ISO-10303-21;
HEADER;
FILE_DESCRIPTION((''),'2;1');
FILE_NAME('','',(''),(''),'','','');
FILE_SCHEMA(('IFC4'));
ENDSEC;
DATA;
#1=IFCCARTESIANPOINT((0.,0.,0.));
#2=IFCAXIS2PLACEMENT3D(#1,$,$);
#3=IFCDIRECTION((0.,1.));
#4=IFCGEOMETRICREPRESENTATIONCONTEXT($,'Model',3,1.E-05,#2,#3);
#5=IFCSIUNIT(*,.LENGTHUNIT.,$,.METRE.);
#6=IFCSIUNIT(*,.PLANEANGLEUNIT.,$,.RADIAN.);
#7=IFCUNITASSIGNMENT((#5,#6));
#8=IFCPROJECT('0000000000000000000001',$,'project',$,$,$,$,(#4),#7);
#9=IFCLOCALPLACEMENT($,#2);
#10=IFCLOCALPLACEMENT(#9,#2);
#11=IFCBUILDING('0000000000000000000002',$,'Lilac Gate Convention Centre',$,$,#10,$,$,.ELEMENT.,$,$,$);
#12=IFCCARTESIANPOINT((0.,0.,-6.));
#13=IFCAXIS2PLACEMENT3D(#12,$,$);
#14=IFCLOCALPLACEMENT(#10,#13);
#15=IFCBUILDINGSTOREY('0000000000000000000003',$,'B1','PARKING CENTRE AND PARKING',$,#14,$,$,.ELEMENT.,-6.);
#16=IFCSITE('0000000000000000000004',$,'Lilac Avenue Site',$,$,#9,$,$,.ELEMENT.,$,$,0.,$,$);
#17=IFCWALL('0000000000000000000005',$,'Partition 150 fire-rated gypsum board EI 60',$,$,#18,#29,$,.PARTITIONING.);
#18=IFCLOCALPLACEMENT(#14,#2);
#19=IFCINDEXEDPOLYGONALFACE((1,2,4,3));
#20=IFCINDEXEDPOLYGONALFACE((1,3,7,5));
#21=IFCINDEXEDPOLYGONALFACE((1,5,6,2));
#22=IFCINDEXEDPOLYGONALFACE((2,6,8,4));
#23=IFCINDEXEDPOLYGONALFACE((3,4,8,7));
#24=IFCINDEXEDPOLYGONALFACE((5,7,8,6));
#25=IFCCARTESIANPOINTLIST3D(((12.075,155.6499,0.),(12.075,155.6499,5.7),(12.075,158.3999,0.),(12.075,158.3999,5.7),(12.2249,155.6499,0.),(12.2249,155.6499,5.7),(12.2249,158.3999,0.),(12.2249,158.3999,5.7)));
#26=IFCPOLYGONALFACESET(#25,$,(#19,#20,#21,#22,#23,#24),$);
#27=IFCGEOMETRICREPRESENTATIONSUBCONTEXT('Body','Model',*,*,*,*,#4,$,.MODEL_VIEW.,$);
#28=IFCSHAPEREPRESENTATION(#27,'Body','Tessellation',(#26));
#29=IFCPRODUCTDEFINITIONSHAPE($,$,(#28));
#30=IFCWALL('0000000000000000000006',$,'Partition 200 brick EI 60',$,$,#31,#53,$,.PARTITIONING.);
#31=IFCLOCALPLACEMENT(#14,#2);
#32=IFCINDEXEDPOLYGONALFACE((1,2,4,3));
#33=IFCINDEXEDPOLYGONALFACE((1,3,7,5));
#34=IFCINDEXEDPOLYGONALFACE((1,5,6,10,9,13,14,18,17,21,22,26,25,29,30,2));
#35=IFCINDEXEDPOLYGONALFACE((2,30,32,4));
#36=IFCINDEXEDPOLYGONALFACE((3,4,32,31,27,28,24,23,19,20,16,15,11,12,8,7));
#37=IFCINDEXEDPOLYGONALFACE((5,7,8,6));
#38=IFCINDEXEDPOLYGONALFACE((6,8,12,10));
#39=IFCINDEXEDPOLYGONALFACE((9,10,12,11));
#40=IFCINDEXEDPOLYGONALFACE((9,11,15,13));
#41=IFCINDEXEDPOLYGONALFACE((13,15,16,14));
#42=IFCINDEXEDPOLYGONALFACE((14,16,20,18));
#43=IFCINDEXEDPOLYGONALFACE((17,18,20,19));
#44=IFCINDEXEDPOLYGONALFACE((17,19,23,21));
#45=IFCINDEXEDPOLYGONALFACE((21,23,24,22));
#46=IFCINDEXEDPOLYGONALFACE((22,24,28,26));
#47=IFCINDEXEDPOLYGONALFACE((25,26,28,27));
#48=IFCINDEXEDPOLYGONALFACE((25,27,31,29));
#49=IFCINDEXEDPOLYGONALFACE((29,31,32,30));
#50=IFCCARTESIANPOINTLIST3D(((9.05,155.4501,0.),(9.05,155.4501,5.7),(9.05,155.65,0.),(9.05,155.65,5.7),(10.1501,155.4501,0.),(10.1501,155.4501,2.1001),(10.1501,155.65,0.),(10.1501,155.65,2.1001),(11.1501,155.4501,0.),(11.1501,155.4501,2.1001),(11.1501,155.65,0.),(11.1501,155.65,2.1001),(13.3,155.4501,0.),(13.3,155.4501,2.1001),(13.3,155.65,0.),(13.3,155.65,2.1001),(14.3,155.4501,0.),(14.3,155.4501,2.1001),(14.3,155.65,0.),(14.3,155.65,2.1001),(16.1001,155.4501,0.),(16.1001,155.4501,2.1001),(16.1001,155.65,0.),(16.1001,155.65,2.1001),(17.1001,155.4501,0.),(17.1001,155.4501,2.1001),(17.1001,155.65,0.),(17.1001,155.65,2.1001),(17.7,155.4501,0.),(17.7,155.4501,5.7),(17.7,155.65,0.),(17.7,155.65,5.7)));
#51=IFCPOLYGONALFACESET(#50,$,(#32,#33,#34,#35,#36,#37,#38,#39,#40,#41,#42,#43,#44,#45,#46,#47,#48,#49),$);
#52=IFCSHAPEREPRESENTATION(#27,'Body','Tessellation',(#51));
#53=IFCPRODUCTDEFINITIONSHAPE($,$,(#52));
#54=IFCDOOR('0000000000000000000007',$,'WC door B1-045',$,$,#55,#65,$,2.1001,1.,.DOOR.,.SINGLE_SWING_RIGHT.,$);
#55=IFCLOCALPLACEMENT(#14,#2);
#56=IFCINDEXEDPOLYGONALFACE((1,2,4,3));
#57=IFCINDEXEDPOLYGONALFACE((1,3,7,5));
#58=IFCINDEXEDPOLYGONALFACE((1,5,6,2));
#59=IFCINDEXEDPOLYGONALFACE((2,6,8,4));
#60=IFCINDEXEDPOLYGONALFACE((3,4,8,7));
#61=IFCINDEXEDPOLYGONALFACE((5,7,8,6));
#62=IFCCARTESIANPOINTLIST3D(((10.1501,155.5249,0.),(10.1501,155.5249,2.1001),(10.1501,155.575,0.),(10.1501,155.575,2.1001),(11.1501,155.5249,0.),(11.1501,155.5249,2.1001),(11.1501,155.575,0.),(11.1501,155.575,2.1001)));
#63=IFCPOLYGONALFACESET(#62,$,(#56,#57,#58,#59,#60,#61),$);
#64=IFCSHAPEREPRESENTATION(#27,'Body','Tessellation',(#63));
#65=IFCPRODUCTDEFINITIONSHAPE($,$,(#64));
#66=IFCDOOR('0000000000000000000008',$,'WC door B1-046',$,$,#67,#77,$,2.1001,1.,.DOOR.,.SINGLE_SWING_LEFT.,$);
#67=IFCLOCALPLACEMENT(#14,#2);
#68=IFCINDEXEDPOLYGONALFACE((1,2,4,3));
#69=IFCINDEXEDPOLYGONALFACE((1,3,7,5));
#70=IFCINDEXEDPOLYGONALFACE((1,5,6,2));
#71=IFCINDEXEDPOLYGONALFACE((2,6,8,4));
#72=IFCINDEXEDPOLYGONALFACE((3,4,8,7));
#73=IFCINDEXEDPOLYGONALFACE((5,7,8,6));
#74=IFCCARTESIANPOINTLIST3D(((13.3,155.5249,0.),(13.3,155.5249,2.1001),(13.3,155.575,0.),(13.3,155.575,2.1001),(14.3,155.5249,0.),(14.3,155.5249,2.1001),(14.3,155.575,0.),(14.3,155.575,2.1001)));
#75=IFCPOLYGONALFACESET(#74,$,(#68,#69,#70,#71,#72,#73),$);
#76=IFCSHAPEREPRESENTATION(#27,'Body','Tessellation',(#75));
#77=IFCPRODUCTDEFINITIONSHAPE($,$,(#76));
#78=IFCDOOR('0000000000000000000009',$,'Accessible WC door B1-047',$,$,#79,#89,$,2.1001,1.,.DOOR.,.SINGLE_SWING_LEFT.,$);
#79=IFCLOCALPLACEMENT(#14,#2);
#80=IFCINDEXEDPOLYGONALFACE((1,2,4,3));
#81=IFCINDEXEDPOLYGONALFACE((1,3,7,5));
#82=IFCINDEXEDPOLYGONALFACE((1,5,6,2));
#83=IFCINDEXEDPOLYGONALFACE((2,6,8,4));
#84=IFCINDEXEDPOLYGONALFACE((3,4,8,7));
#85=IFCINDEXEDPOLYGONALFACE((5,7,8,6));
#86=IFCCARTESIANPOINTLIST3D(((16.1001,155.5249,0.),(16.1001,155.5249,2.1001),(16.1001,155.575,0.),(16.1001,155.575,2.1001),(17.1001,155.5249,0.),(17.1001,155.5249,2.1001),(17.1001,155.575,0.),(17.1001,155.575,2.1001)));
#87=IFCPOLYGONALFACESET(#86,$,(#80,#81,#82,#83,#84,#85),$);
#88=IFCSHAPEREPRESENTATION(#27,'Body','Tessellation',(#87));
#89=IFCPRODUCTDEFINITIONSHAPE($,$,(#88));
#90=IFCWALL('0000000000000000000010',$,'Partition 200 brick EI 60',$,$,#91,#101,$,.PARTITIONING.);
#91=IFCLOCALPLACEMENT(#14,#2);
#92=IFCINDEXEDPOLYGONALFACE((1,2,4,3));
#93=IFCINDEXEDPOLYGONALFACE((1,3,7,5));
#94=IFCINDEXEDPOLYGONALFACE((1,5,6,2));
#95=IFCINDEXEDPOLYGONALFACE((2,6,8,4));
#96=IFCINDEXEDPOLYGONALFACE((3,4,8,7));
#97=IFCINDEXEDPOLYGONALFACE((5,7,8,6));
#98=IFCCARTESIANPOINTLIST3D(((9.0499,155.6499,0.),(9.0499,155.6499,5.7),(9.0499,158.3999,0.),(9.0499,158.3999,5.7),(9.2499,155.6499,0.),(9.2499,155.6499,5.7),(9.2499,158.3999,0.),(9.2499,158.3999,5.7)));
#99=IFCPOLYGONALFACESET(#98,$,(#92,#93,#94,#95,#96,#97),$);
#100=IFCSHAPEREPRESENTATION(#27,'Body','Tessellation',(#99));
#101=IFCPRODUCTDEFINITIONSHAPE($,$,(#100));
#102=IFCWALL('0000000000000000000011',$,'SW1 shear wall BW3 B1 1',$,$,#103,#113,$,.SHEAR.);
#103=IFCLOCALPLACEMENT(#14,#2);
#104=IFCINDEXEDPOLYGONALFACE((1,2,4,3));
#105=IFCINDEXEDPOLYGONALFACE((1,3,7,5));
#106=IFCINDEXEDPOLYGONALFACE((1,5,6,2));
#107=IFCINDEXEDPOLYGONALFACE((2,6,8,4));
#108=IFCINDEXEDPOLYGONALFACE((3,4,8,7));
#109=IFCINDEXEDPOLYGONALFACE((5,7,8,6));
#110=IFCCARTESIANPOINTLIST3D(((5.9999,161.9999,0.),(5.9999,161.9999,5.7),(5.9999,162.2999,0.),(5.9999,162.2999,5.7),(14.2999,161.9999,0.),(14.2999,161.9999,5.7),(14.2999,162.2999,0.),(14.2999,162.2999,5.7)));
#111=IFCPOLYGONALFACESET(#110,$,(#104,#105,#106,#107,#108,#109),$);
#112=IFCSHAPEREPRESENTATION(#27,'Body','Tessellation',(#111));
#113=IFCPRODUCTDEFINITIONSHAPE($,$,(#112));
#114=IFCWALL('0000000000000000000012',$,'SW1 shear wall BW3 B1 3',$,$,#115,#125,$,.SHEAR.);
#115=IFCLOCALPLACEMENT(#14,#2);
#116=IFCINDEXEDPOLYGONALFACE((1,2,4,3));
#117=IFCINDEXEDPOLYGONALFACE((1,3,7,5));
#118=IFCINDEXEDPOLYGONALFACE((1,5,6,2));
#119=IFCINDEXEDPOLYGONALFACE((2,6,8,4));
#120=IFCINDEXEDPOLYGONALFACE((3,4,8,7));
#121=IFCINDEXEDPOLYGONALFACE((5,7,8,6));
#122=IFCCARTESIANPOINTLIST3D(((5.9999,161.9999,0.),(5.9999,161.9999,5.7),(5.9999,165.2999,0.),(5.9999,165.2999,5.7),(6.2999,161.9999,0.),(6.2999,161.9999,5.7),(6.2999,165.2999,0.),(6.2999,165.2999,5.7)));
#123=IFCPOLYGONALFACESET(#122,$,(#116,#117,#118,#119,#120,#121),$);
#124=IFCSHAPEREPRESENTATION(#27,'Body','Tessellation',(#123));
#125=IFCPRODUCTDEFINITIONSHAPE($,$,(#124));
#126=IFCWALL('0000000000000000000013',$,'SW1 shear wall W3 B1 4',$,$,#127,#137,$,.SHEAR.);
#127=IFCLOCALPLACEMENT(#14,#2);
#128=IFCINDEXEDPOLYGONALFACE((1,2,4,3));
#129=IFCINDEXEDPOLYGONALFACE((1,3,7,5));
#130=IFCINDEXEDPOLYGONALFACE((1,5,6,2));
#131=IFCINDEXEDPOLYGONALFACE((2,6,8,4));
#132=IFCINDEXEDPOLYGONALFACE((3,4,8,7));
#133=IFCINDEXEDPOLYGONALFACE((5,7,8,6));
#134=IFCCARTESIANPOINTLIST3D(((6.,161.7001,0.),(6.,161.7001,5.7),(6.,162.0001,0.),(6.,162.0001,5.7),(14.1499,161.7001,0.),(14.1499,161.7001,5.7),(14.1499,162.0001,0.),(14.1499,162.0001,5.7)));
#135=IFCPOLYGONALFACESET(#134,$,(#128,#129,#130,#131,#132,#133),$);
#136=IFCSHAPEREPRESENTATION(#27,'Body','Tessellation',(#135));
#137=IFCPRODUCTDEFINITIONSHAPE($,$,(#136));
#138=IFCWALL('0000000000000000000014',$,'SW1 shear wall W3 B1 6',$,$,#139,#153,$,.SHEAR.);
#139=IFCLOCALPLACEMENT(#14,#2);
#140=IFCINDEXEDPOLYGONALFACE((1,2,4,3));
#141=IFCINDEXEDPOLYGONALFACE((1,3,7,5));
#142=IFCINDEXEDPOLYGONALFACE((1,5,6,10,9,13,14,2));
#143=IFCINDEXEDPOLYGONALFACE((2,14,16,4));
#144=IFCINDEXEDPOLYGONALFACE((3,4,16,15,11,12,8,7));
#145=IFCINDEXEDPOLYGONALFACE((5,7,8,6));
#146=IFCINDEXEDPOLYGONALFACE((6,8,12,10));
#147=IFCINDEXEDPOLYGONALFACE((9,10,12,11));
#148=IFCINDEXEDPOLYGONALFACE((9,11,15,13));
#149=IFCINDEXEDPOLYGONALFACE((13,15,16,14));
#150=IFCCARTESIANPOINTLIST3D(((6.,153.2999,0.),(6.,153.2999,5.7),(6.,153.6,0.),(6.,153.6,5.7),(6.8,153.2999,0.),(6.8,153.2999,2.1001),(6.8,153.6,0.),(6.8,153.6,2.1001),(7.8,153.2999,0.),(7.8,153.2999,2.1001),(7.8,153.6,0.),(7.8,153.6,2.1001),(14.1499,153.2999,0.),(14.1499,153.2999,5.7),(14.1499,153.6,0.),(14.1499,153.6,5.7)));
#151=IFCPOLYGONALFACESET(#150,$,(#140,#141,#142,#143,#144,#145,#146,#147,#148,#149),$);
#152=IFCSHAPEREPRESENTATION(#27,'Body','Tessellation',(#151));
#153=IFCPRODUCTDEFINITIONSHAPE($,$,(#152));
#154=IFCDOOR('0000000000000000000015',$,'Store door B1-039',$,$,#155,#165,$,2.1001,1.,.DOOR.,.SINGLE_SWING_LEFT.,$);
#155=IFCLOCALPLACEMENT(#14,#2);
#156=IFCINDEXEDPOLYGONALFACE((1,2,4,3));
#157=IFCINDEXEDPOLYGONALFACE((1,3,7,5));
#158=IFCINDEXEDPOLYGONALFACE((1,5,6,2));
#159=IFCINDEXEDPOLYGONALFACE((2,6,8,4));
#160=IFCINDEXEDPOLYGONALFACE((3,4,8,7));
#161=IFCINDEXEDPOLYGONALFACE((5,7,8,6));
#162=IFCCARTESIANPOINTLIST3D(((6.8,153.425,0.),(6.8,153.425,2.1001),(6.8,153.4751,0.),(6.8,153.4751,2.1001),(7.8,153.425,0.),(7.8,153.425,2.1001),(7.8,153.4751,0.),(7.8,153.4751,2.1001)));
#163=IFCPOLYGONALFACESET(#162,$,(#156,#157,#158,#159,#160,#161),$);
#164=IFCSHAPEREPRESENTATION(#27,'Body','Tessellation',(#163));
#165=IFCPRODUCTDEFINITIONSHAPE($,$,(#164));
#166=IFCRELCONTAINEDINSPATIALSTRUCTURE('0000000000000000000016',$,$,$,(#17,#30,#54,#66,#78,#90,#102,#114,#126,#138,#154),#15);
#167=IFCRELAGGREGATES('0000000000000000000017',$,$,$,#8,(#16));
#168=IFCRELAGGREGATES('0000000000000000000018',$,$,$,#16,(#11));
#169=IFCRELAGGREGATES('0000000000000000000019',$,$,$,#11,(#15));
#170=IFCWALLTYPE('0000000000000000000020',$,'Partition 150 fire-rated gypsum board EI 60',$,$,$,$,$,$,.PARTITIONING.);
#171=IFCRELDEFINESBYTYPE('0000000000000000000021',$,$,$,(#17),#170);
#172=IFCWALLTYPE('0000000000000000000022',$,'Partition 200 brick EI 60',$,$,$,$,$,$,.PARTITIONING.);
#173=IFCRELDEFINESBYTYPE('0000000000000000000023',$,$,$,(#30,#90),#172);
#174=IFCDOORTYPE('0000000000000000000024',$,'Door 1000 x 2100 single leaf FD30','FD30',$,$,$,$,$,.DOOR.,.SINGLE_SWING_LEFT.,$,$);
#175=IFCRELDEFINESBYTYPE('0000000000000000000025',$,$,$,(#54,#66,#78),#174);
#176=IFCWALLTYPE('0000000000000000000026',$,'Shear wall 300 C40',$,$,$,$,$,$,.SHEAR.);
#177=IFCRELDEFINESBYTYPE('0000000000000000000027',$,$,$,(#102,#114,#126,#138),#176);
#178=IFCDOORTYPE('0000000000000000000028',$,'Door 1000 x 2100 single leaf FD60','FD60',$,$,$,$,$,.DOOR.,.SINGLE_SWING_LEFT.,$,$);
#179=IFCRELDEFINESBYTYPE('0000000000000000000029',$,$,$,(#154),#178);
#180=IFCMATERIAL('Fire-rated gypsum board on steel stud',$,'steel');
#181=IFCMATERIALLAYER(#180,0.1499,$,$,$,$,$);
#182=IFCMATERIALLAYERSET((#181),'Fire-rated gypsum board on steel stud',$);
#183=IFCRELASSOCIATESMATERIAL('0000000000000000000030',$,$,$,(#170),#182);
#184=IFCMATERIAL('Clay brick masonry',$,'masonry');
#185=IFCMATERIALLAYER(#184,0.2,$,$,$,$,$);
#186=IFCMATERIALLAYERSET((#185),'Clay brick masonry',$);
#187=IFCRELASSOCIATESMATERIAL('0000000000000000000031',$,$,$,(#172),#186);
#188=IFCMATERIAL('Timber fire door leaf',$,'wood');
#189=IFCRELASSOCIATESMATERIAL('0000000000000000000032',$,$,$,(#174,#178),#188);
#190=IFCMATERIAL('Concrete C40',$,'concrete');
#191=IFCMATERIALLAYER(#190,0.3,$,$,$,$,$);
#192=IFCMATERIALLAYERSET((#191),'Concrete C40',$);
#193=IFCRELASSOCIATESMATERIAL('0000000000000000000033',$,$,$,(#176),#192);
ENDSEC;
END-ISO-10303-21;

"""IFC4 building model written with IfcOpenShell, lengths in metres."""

from ifc_helpers import new_model, si_unit, direction, frame, frame_2d, origin, place, context, subcontext, project, spatial, rectangle, extrude, material, layer, layer_set, type_object, element, fill, save


model = new_model("IFC4")

# Units and contexts
model_context = context("Model", 3, precision=1e-05, world=origin(), true_north=direction((0.0, 1.0)))
body_context = subcontext(model_context, "Body", "Model", "MODEL_VIEW")
ifc_project = project(units=[si_unit("LENGTHUNIT", "METRE"), si_unit("PLANEANGLEUNIT", "RADIAN")], contexts=[model_context])

# Site, building, storey
site_placement = place(None, origin())
site = spatial("IfcSite", under=ifc_project, at=site_placement, Name="Lilac Avenue Site", CompositionType="ELEMENT", RefElevation=0.0)
building_placement = place(site_placement, origin())
building = spatial("IfcBuilding", under=site, at=building_placement, Name="Lilac Gate Convention Centre", CompositionType="ELEMENT")
storey_placement = place(building_placement, frame((0.0, 0.0, -6.0)))
storey = spatial("IfcBuildingStorey", under=building, at=storey_placement, Name="B1", Description="PARKING CENTRE AND PARKING", CompositionType="ELEMENT", Elevation=-6.0)

# Wall
ifc_material_1 = material(Name="Fire-rated gypsum board on steel stud", Category="steel")
ifc_layer_1 = layer(ifc_material_1, 0.1499)
ifc_layer_set_1 = layer_set([ifc_layer_1], Name="Fire-rated gypsum board on steel stud")
wall_type_1 = type_object("IfcWallType", Name="Partition 150 fire-rated gypsum board EI 60", PredefinedType="PARTITIONING", material=ifc_layer_set_1)
wall_1_placement = place(storey_placement, frame((12.1499, 155.6499, 0.0), z_axis=(0.0, 0.0, 1.0), x_axis=(0.0, 1.0, 0.0)))
element("IfcWall", 1, at=wall_1_placement, inside=storey, type_object=wall_type_1, Name="Partition 150 fire-rated gypsum board EI 60", PredefinedType="PARTITIONING", context=body_context, shape_type="SweptSolid", body=[
    extrude(rectangle(XDim=2.75, YDim=0.1499, at=frame_2d((1.375, 0.0))), origin(), (0.0, 0.0, 1.0), 5.7),
])

# Wall, openings, doors
ifc_material_2 = material(Name="Clay brick masonry", Category="masonry")
ifc_layer_2 = layer(ifc_material_2, 0.2)
ifc_layer_set_2 = layer_set([ifc_layer_2], Name="Clay brick masonry")
wall_type_2 = type_object("IfcWallType", Name="Partition 200 brick EI 60", PredefinedType="PARTITIONING", material=ifc_layer_set_2)
wall_2_placement = place(storey_placement, frame((9.05, 155.55, 0.0), z_axis=(0.0, 0.0, 1.0), x_axis=(1.0, 0.0, 0.0)))
wall_2 = element("IfcWall", 2, at=wall_2_placement, inside=storey, type_object=wall_type_2, Name="Partition 200 brick EI 60", PredefinedType="PARTITIONING", context=body_context, shape_type="SweptSolid", body=[
    extrude(rectangle(XDim=8.6499, YDim=0.2, at=frame_2d((4.325, 0.0))), origin(), (0.0, 0.0, 1.0), 5.7),
])
opening_1_placement = place(wall_2_placement, frame((1.1001, 0.0, 0.0)))
opening_1 = element("IfcOpeningElement", 3, at=opening_1_placement, cuts=wall_2, PredefinedType="OPENING", context=body_context, shape_type="SweptSolid", body=[
    extrude(rectangle(XDim=1.0, YDim=2.1001, at=frame_2d((0.5, 1.05))), frame((0.0, 0.1099, 0.0), z_axis=(0.0, -1.0, 0.0), x_axis=(1.0, 0.0, 0.0)), (0.0, 0.0, 1.0), 0.22),
])
opening_2_placement = place(wall_2_placement, frame((4.25, 0.0, 0.0)))
opening_2 = element("IfcOpeningElement", 4, at=opening_2_placement, cuts=wall_2, PredefinedType="OPENING", context=body_context, shape_type="SweptSolid", body=[
    extrude(rectangle(XDim=1.0, YDim=2.1001, at=frame_2d((0.5, 1.05))), frame((0.0, 0.1099, 0.0), z_axis=(0.0, -1.0, 0.0), x_axis=(1.0, 0.0, 0.0)), (0.0, 0.0, 1.0), 0.22),
])
opening_3_placement = place(wall_2_placement, frame((7.05, 0.0, 0.0)))
opening_3 = element("IfcOpeningElement", 5, at=opening_3_placement, cuts=wall_2, PredefinedType="OPENING", context=body_context, shape_type="SweptSolid", body=[
    extrude(rectangle(XDim=1.0, YDim=2.1001, at=frame_2d((0.5, 1.05))), frame((0.0, 0.1099, 0.0), z_axis=(0.0, -1.0, 0.0), x_axis=(1.0, 0.0, 0.0)), (0.0, 0.0, 1.0), 0.22),
])
ifc_material_3 = material(Name="Timber fire door leaf", Category="wood")
door_type_1 = type_object("IfcDoorType", Name="Door 1000 x 2100 single leaf FD30", Description="FD30", OperationType="SINGLE_SWING_LEFT", PredefinedType="DOOR", material=ifc_material_3)
door_1_placement = place(opening_1_placement, origin())
door_1 = element("IfcDoor", 6, at=door_1_placement, inside=storey, type_object=door_type_1, Name="WC door B1-045", OperationType="SINGLE_SWING_RIGHT", OverallHeight=2.1001, OverallWidth=1.0, PredefinedType="DOOR", context=body_context, shape_type="SweptSolid", body=[
    extrude(rectangle(XDim=1.0, YDim=2.1001, at=frame_2d((0.5, 1.05))), frame((0.0, 0.0249, 0.0), z_axis=(0.0, -1.0, 0.0), x_axis=(1.0, 0.0, 0.0)), (0.0, 0.0, 1.0), 0.05),
])
fill(opening_1, door_1)
door_2_placement = place(opening_2_placement, origin())
door_2 = element("IfcDoor", 7, at=door_2_placement, inside=storey, type_object=door_type_1, Name="WC door B1-046", OperationType="SINGLE_SWING_LEFT", OverallHeight=2.1001, OverallWidth=1.0, PredefinedType="DOOR", context=body_context, shape_type="SweptSolid", body=[
    extrude(rectangle(XDim=1.0, YDim=2.1001, at=frame_2d((0.5, 1.05))), frame((0.0, 0.0249, 0.0), z_axis=(0.0, -1.0, 0.0), x_axis=(1.0, 0.0, 0.0)), (0.0, 0.0, 1.0), 0.05),
])
fill(opening_2, door_2)
door_3_placement = place(opening_3_placement, origin())
door_3 = element("IfcDoor", 8, at=door_3_placement, inside=storey, type_object=door_type_1, Name="Accessible WC door B1-047", OperationType="SINGLE_SWING_LEFT", OverallHeight=2.1001, OverallWidth=1.0, PredefinedType="DOOR", context=body_context, shape_type="SweptSolid", body=[
    extrude(rectangle(XDim=1.0, YDim=2.1001, at=frame_2d((0.5, 1.05))), frame((0.0, 0.0249, 0.0), z_axis=(0.0, -1.0, 0.0), x_axis=(1.0, 0.0, 0.0)), (0.0, 0.0, 1.0), 0.05),
])
fill(opening_3, door_3)

# Walls
wall_3_placement = place(storey_placement, frame((9.1499, 155.6499, 0.0), z_axis=(0.0, 0.0, 1.0), x_axis=(0.0, 1.0, 0.0)))
element("IfcWall", 9, at=wall_3_placement, inside=storey, type_object=wall_type_2, Name="Partition 200 brick EI 60", PredefinedType="PARTITIONING", context=body_context, shape_type="SweptSolid", body=[
    extrude(rectangle(XDim=2.75, YDim=0.2, at=frame_2d((1.375, 0.0))), origin(), (0.0, 0.0, 1.0), 5.7),
])
ifc_material_4 = material(Name="Concrete C40", Category="concrete")
ifc_layer_3 = layer(ifc_material_4, 0.3)
ifc_layer_set_3 = layer_set([ifc_layer_3], Name="Concrete C40")
wall_type_3 = type_object("IfcWallType", Name="Shear wall 300 C40", PredefinedType="SHEAR", material=ifc_layer_set_3)
wall_4_placement = place(storey_placement, frame((6.0, 162.1499, 0.0), z_axis=(0.0, 0.0, 1.0), x_axis=(1.0, 0.0, 0.0)))
element("IfcWall", 10, at=wall_4_placement, inside=storey, type_object=wall_type_3, Name="SW1 shear wall BW3 B1 1", PredefinedType="SHEAR", context=body_context, shape_type="SweptSolid", body=[
    extrude(rectangle(XDim=8.3, YDim=0.3, at=frame_2d((4.1499, 0.0))), origin(), (0.0, 0.0, 1.0), 5.7),
])
wall_5_placement = place(storey_placement, frame((6.1499, 162.0, 0.0), z_axis=(0.0, 0.0, 1.0), x_axis=(0.0, 1.0, 0.0)))
element("IfcWall", 11, at=wall_5_placement, inside=storey, type_object=wall_type_3, Name="SW1 shear wall BW3 B1 3", PredefinedType="SHEAR", context=body_context, shape_type="SweptSolid", body=[
    extrude(rectangle(XDim=3.3, YDim=0.3, at=frame_2d((1.6499, 0.0))), origin(), (0.0, 0.0, 1.0), 5.7),
])
wall_6_placement = place(storey_placement, frame((6.0, 161.8501, 0.0), z_axis=(0.0, 0.0, 1.0), x_axis=(1.0, 0.0, 0.0)))
element("IfcWall", 12, at=wall_6_placement, inside=storey, type_object=wall_type_3, Name="SW1 shear wall W3 B1 4", PredefinedType="SHEAR", context=body_context, shape_type="SweptSolid", body=[
    extrude(rectangle(XDim=8.1499, YDim=0.3, at=frame_2d((4.075, 0.0))), origin(), (0.0, 0.0, 1.0), 5.7),
])

# Wall, opening, door
wall_7_placement = place(storey_placement, frame((6.0, 153.45, 0.0), z_axis=(0.0, 0.0, 1.0), x_axis=(1.0, 0.0, 0.0)))
wall_7 = element("IfcWall", 13, at=wall_7_placement, inside=storey, type_object=wall_type_3, Name="SW1 shear wall W3 B1 6", PredefinedType="SHEAR", context=body_context, shape_type="SweptSolid", body=[
    extrude(rectangle(XDim=8.1499, YDim=0.3, at=frame_2d((4.075, 0.0))), origin(), (0.0, 0.0, 1.0), 5.7),
])
opening_4_placement = place(wall_7_placement, frame((0.8, 0.0, 0.0)))
opening_4 = element("IfcOpeningElement", 14, at=opening_4_placement, cuts=wall_7, PredefinedType="OPENING", context=body_context, shape_type="SweptSolid", body=[
    extrude(rectangle(XDim=1.0, YDim=2.1001, at=frame_2d((0.5, 1.05))), frame((0.0, 0.1599, 0.0), z_axis=(0.0, -1.0, 0.0), x_axis=(1.0, 0.0, 0.0)), (0.0, 0.0, 1.0), 0.3201),
])
door_type_2 = type_object("IfcDoorType", Name="Door 1000 x 2100 single leaf FD60", Description="FD60", OperationType="SINGLE_SWING_LEFT", PredefinedType="DOOR", material=ifc_material_3)
door_4_placement = place(opening_4_placement, frame((1.0, 0.0, 0.0), z_axis=(0.0, 0.0, 1.0), x_axis=(-1.0, 0.0, 0.0)))
door_4 = element("IfcDoor", 15, at=door_4_placement, inside=storey, type_object=door_type_2, Name="Store door B1-039", OperationType="SINGLE_SWING_LEFT", OverallHeight=2.1001, OverallWidth=1.0, PredefinedType="DOOR", context=body_context, shape_type="SweptSolid", body=[
    extrude(rectangle(XDim=1.0, YDim=2.1001, at=frame_2d((0.5, 1.05))), frame((0.0, 0.0249, 0.0), z_axis=(0.0, -1.0, 0.0), x_axis=(1.0, 0.0, 0.0)), (0.0, 0.0, 1.0), 0.05),
])
fill(opening_4, door_4)

save(model, "model.ifc")
